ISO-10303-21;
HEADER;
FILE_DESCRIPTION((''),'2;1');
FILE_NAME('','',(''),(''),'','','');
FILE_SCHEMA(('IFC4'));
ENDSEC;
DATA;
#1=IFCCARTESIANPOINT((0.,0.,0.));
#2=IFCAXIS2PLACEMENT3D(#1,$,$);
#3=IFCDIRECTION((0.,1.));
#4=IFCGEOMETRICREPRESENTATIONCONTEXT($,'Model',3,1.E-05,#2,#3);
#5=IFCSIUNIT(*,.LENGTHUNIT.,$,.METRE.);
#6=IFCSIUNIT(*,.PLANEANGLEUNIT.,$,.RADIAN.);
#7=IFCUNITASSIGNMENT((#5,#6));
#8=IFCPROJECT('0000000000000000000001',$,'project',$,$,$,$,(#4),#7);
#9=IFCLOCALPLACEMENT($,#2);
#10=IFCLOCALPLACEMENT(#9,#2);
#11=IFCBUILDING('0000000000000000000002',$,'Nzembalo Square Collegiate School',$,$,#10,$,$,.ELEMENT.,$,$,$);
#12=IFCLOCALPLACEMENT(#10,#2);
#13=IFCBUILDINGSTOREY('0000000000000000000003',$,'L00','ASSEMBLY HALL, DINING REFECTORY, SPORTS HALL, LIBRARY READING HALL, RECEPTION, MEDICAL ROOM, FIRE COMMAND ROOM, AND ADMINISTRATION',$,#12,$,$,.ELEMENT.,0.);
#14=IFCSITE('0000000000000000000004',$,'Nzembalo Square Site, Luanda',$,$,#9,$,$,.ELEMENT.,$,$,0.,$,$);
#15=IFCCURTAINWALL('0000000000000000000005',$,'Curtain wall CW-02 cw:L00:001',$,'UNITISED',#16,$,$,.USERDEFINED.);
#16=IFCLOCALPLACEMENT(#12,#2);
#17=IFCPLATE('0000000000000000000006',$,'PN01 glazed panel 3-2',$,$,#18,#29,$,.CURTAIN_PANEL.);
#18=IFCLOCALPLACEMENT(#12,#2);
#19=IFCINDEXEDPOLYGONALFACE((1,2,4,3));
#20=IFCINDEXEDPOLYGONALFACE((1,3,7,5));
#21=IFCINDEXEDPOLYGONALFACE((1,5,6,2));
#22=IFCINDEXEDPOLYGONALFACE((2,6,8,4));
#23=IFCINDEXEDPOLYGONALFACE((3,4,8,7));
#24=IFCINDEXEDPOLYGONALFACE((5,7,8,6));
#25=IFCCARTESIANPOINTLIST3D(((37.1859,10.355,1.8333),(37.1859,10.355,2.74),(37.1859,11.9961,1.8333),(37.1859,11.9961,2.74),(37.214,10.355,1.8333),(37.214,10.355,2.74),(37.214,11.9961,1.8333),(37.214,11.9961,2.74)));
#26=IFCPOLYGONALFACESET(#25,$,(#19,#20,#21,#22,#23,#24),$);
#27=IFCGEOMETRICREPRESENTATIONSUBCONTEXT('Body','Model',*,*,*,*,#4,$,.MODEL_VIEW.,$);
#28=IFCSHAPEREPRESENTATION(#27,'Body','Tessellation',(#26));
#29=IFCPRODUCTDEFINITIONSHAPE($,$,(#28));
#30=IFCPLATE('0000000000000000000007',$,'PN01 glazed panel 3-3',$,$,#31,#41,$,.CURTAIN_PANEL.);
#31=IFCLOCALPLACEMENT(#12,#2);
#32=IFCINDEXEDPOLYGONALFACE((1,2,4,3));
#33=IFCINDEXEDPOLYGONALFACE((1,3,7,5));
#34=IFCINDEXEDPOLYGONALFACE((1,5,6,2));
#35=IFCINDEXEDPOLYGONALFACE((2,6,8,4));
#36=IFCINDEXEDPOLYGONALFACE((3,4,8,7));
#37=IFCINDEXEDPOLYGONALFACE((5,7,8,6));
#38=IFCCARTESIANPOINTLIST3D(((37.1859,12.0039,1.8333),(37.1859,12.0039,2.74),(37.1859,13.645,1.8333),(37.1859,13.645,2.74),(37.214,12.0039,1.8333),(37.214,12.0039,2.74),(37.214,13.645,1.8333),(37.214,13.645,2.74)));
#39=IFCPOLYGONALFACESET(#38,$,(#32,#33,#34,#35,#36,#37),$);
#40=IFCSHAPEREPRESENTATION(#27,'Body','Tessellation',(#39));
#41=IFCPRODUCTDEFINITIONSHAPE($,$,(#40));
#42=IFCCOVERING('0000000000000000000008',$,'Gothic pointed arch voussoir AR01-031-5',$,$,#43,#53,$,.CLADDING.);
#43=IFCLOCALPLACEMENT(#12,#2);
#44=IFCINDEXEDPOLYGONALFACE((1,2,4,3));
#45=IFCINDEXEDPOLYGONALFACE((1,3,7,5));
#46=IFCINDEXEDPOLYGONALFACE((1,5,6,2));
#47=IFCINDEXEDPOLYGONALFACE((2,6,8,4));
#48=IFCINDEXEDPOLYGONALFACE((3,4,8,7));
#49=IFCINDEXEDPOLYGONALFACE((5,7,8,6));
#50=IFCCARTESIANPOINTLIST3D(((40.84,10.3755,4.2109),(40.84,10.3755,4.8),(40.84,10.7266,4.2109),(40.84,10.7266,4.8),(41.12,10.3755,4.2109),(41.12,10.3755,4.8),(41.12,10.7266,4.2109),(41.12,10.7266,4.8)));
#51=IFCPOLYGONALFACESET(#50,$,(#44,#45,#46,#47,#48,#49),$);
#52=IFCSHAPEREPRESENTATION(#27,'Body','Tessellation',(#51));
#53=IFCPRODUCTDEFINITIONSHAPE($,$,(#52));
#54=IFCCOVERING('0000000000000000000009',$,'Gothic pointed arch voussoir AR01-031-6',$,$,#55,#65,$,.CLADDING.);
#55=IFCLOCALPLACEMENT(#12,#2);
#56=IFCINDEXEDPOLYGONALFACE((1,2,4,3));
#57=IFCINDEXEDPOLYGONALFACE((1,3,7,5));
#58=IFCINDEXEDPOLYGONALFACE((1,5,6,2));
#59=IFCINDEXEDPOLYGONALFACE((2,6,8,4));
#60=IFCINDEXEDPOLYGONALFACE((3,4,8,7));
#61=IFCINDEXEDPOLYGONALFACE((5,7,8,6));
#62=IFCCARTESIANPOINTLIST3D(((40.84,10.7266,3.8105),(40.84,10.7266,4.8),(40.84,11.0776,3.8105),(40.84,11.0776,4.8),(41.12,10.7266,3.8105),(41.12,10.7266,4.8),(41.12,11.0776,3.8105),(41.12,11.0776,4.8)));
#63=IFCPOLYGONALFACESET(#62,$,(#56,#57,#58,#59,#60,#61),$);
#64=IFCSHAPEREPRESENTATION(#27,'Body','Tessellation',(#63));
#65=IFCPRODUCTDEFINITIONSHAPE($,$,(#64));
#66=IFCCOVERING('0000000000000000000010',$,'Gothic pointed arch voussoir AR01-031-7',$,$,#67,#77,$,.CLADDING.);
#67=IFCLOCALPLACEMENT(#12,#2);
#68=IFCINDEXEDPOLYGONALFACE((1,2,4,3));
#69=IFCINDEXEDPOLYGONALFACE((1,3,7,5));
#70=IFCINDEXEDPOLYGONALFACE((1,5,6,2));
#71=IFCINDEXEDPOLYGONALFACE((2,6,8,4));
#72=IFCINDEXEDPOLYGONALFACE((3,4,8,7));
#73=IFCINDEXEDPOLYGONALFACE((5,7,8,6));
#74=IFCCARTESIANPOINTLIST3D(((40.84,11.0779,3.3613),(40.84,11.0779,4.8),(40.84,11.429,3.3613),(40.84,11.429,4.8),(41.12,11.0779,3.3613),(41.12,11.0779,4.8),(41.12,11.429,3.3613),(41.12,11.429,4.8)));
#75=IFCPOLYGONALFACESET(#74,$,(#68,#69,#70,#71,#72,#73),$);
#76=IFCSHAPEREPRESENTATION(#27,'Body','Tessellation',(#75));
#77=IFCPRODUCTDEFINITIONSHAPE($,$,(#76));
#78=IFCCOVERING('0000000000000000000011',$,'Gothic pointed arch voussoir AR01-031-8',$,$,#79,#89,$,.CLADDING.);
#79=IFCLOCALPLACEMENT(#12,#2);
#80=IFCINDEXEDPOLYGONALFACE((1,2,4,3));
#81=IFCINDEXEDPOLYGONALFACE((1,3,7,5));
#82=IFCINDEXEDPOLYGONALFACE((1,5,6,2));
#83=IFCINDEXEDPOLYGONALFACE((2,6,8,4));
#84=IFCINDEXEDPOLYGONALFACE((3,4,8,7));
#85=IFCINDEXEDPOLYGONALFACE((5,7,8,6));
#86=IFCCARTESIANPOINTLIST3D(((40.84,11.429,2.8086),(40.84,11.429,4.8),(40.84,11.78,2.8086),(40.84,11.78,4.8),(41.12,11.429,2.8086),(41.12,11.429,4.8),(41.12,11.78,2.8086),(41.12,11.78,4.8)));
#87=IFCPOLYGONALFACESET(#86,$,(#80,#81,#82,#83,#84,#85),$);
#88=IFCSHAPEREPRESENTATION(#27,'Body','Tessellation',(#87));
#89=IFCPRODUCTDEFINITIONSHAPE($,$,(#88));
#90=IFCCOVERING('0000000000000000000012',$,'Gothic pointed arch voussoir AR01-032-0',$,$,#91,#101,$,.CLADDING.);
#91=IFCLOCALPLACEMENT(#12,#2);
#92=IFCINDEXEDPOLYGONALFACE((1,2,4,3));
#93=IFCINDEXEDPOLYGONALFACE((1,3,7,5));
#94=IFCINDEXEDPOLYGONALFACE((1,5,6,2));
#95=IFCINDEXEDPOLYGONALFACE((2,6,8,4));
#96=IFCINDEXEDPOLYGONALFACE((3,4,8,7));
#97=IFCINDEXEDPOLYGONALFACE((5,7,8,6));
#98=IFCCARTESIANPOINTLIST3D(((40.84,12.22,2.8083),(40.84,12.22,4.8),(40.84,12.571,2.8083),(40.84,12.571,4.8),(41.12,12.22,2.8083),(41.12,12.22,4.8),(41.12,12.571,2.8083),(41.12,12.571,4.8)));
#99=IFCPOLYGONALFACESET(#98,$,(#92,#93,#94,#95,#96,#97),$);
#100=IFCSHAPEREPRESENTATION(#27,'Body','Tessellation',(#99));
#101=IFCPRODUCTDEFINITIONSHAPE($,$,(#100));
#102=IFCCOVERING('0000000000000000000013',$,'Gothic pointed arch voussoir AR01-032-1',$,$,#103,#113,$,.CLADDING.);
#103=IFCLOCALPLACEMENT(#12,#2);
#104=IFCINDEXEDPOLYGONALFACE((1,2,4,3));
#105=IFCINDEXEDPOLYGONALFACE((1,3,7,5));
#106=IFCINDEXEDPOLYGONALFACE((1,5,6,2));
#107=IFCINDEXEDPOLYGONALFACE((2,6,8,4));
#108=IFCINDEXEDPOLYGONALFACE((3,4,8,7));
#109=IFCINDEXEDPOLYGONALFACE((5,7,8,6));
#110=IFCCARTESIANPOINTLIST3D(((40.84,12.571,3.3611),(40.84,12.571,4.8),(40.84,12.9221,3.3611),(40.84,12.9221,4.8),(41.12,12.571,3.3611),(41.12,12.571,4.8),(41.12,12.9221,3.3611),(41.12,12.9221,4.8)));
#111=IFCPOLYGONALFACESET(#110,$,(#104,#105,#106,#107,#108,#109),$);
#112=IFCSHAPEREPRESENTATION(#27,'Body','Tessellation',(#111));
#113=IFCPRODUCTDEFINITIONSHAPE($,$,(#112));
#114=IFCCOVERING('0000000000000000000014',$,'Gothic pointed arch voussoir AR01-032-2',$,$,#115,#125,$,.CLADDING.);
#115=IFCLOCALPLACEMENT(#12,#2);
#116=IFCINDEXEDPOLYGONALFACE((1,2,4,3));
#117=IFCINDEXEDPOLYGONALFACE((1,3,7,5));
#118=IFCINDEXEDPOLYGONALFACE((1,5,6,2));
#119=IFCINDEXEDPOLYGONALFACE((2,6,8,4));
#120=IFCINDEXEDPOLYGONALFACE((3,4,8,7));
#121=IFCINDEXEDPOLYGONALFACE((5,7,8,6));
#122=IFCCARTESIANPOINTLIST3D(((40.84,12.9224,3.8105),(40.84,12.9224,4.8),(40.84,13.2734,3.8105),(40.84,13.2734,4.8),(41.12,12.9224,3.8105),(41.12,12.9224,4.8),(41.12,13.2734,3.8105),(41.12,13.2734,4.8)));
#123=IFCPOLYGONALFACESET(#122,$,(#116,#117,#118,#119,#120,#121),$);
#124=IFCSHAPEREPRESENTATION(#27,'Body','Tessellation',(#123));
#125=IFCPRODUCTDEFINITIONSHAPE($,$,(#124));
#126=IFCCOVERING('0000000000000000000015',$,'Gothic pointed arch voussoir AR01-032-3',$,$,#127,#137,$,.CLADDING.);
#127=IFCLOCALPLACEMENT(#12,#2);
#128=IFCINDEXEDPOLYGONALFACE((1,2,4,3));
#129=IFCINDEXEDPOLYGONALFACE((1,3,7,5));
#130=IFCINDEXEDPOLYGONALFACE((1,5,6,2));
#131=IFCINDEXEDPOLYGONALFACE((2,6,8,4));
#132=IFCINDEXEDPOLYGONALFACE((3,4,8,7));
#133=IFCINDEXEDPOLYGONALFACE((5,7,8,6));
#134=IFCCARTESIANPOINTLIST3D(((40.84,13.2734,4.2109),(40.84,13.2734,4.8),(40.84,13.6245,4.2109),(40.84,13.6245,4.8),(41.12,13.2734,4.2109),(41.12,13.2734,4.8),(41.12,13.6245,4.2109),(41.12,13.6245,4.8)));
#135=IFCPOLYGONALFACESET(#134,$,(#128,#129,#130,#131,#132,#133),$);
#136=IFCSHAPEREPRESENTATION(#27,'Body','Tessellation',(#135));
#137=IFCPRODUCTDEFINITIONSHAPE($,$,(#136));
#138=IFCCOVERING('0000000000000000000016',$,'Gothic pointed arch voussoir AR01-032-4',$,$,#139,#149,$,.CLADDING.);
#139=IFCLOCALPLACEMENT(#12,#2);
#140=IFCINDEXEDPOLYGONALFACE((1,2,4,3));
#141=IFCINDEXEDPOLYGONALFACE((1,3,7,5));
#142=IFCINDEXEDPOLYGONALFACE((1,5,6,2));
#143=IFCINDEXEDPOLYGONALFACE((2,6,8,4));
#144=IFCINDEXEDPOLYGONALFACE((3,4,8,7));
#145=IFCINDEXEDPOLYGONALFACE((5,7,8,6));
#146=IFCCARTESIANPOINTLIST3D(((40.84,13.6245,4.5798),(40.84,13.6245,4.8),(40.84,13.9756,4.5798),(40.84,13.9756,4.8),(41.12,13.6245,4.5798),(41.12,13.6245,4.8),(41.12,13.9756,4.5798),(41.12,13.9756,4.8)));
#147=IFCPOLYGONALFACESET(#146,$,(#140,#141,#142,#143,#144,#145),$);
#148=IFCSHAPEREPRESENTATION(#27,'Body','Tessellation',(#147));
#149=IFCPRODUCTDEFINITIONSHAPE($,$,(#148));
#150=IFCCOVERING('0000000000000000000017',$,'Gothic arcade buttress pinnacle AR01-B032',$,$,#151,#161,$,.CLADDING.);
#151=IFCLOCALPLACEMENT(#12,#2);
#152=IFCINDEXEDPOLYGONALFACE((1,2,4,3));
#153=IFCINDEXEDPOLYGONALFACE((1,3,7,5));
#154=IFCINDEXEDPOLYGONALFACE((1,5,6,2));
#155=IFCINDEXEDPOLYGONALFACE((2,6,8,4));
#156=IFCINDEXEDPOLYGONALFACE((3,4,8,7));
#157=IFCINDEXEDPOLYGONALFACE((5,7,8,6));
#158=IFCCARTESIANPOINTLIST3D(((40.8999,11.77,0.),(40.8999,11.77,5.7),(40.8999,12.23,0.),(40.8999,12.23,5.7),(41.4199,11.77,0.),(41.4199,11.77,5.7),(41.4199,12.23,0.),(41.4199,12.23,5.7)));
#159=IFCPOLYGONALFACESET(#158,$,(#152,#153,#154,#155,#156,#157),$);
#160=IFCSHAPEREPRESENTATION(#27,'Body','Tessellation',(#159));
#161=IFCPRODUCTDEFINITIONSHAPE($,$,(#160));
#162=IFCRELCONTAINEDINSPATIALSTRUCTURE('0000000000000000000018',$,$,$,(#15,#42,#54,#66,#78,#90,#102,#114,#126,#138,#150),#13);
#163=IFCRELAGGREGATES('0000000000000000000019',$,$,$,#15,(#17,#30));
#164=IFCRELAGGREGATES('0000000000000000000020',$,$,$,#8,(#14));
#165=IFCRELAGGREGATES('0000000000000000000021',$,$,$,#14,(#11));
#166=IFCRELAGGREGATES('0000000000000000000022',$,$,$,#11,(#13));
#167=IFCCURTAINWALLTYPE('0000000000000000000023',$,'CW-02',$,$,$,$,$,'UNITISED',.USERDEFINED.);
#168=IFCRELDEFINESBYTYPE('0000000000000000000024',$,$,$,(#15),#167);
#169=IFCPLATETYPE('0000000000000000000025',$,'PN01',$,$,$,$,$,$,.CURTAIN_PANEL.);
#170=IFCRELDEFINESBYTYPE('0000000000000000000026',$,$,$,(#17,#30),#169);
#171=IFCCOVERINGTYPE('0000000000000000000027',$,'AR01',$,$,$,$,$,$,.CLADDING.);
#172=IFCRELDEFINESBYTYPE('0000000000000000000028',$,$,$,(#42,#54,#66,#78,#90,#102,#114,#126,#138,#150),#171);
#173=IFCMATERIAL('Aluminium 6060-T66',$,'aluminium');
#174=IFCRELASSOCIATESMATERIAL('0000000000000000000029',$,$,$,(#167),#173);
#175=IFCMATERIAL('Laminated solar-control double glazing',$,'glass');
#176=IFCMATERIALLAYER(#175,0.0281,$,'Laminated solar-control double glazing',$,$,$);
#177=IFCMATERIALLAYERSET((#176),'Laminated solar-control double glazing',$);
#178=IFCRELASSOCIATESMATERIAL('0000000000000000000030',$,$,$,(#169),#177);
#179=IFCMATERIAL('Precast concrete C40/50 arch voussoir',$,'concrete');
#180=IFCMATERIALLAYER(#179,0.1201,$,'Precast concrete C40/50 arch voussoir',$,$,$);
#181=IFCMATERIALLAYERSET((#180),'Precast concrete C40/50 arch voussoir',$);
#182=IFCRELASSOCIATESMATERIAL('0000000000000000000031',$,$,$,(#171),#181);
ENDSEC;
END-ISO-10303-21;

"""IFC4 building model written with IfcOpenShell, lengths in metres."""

from ifc_helpers import new_model, si_unit, direction, frame, origin, origin_2d, place, context, subcontext, project, spatial, rectangle, extrude, material, layer, layer_set, type_object, element, aggregate, save


model = new_model("IFC4")

# Units and contexts
model_context = context("Model", 3, precision=1e-05, world=origin(), true_north=direction((0.0, 1.0)))
body_context = subcontext(model_context, "Body", "Model", "MODEL_VIEW")
ifc_project = project(units=[si_unit("LENGTHUNIT", "METRE"), si_unit("PLANEANGLEUNIT", "RADIAN")], contexts=[model_context])

# Site, building, storey
site_placement = place(None, origin())
site = spatial("IfcSite", under=ifc_project, at=site_placement, Name="Nzembalo Square Site, Luanda", CompositionType="ELEMENT", RefElevation=0.0)
building_placement = place(site_placement, origin())
building = spatial("IfcBuilding", under=site, at=building_placement, Name="Nzembalo Square Collegiate School", CompositionType="ELEMENT")
storey_placement = place(building_placement, origin())
storey = spatial("IfcBuildingStorey", under=building, at=storey_placement, Name="L00", Description="ASSEMBLY HALL, DINING REFECTORY, SPORTS HALL, LIBRARY READING HALL, RECEPTION, MEDICAL ROOM, FIRE COMMAND ROOM, AND ADMINISTRATION", CompositionType="ELEMENT", Elevation=0.0)

# Curtain wall, plates
ifc_material_1 = material(Name="Aluminium 6060-T66", Category="aluminium")
curtain_wall_type = type_object("IfcCurtainWallType", Name="CW-02", ElementType="UNITISED", PredefinedType="USERDEFINED", material=ifc_material_1)
curtain_wall_placement = place(storey_placement, origin())
curtain_wall = element("IfcCurtainWall", 1, at=curtain_wall_placement, inside=storey, type_object=curtain_wall_type, Name="Curtain wall CW-02 cw:L00:001", ObjectType="UNITISED", PredefinedType="USERDEFINED")
ifc_material_2 = material(Name="Laminated solar-control double glazing", Category="glass")
ifc_layer_1 = layer(ifc_material_2, 0.0281, Name="Laminated solar-control double glazing")
ifc_layer_set_1 = layer_set([ifc_layer_1], Name="Laminated solar-control double glazing")
plate_type = type_object("IfcPlateType", Name="PN01", PredefinedType="CURTAIN_PANEL", material=ifc_layer_set_1)
plate_1_placement = place(storey_placement, frame((37.2, 11.1755, 1.8333), z_axis=(0.0, 0.0, 1.0), x_axis=(0.0, 1.0, 0.0)))
plate_1 = element("IfcPlate", 2, at=plate_1_placement, type_object=plate_type, Name="PN01 glazed panel 3-2", PredefinedType="CURTAIN_PANEL", context=body_context, shape_type="SweptSolid", body=[
    extrude(rectangle(XDim=1.6411, YDim=0.0281, at=origin_2d()), origin(), (0.0, 0.0, 1.0), 0.9067),
])
plate_2_placement = place(storey_placement, frame((37.2, 12.8245, 1.8333), z_axis=(0.0, 0.0, 1.0), x_axis=(0.0, 1.0, 0.0)))
plate_2 = element("IfcPlate", 3, at=plate_2_placement, type_object=plate_type, Name="PN01 glazed panel 3-3", PredefinedType="CURTAIN_PANEL", context=body_context, shape_type="SweptSolid", body=[
    extrude(rectangle(XDim=1.6411, YDim=0.0281, at=origin_2d()), origin(), (0.0, 0.0, 1.0), 0.9067),
])
aggregate(curtain_wall, [plate_1, plate_2])

# Coverings
ifc_material_3 = material(Name="Precast concrete C40/50 arch voussoir", Category="concrete")
ifc_layer_2 = layer(ifc_material_3, 0.1201, Name="Precast concrete C40/50 arch voussoir")
ifc_layer_set_2 = layer_set([ifc_layer_2], Name="Precast concrete C40/50 arch voussoir")
covering_type = type_object("IfcCoveringType", Name="AR01", PredefinedType="CLADDING", material=ifc_layer_set_2)
covering_1_placement = place(storey_placement, frame((40.98, 10.551, 4.2109), z_axis=(0.0, 0.0, 1.0), x_axis=(1.0, 0.0, 0.0)))
element("IfcCovering", 4, at=covering_1_placement, inside=storey, type_object=covering_type, Name="Gothic pointed arch voussoir AR01-031-5", PredefinedType="CLADDING", context=body_context, shape_type="SweptSolid", body=[
    extrude(rectangle(XDim=0.28, YDim=0.3511, at=origin_2d()), origin(), (0.0, 0.0, 1.0), 0.5891),
])
covering_2_placement = place(storey_placement, frame((40.98, 10.9021, 3.8105), z_axis=(0.0, 0.0, 1.0), x_axis=(1.0, 0.0, 0.0)))
element("IfcCovering", 5, at=covering_2_placement, inside=storey, type_object=covering_type, Name="Gothic pointed arch voussoir AR01-031-6", PredefinedType="CLADDING", context=body_context, shape_type="SweptSolid", body=[
    extrude(rectangle(XDim=0.28, YDim=0.3511, at=origin_2d()), origin(), (0.0, 0.0, 1.0), 0.9895),
])
covering_3_placement = place(storey_placement, frame((40.98, 11.2534, 3.3613), z_axis=(0.0, 0.0, 1.0), x_axis=(1.0, 0.0, 0.0)))
element("IfcCovering", 6, at=covering_3_placement, inside=storey, type_object=covering_type, Name="Gothic pointed arch voussoir AR01-031-7", PredefinedType="CLADDING", context=body_context, shape_type="SweptSolid", body=[
    extrude(rectangle(XDim=0.28, YDim=0.3511, at=origin_2d()), origin(), (0.0, 0.0, 1.0), 1.4387),
])
covering_4_placement = place(storey_placement, frame((40.98, 11.6045, 2.8086), z_axis=(0.0, 0.0, 1.0), x_axis=(1.0, 0.0, 0.0)))
element("IfcCovering", 7, at=covering_4_placement, inside=storey, type_object=covering_type, Name="Gothic pointed arch voussoir AR01-031-8", PredefinedType="CLADDING", context=body_context, shape_type="SweptSolid", body=[
    extrude(rectangle(XDim=0.28, YDim=0.3511, at=origin_2d()), origin(), (0.0, 0.0, 1.0), 1.9915),
])
covering_5_placement = place(storey_placement, frame((40.98, 12.3955, 2.8083), z_axis=(0.0, 0.0, 1.0), x_axis=(1.0, 0.0, 0.0)))
element("IfcCovering", 8, at=covering_5_placement, inside=storey, type_object=covering_type, Name="Gothic pointed arch voussoir AR01-032-0", PredefinedType="CLADDING", context=body_context, shape_type="SweptSolid", body=[
    extrude(rectangle(XDim=0.28, YDim=0.3511, at=origin_2d()), origin(), (0.0, 0.0, 1.0), 1.9917),
])
covering_6_placement = place(storey_placement, frame((40.98, 12.7466, 3.3611), z_axis=(0.0, 0.0, 1.0), x_axis=(1.0, 0.0, 0.0)))
element("IfcCovering", 9, at=covering_6_placement, inside=storey, type_object=covering_type, Name="Gothic pointed arch voussoir AR01-032-1", PredefinedType="CLADDING", context=body_context, shape_type="SweptSolid", body=[
    extrude(rectangle(XDim=0.28, YDim=0.3511, at=origin_2d()), origin(), (0.0, 0.0, 1.0), 1.439),
])
covering_7_placement = place(storey_placement, frame((40.98, 13.0979, 3.8105), z_axis=(0.0, 0.0, 1.0), x_axis=(1.0, 0.0, 0.0)))
element("IfcCovering", 10, at=covering_7_placement, inside=storey, type_object=covering_type, Name="Gothic pointed arch voussoir AR01-032-2", PredefinedType="CLADDING", context=body_context, shape_type="SweptSolid", body=[
    extrude(rectangle(XDim=0.28, YDim=0.3511, at=origin_2d()), origin(), (0.0, 0.0, 1.0), 0.9895),
])
covering_8_placement = place(storey_placement, frame((40.98, 13.449, 4.2109), z_axis=(0.0, 0.0, 1.0), x_axis=(1.0, 0.0, 0.0)))
element("IfcCovering", 11, at=covering_8_placement, inside=storey, type_object=covering_type, Name="Gothic pointed arch voussoir AR01-032-3", PredefinedType="CLADDING", context=body_context, shape_type="SweptSolid", body=[
    extrude(rectangle(XDim=0.28, YDim=0.3511, at=origin_2d()), origin(), (0.0, 0.0, 1.0), 0.5891),
])
covering_9_placement = place(storey_placement, frame((40.98, 13.8, 4.5798), z_axis=(0.0, 0.0, 1.0), x_axis=(1.0, 0.0, 0.0)))
element("IfcCovering", 12, at=covering_9_placement, inside=storey, type_object=covering_type, Name="Gothic pointed arch voussoir AR01-032-4", PredefinedType="CLADDING", context=body_context, shape_type="SweptSolid", body=[
    extrude(rectangle(XDim=0.28, YDim=0.3511, at=origin_2d()), origin(), (0.0, 0.0, 1.0), 0.2202),
])
covering_10_placement = place(storey_placement, frame((41.1599, 12.0, 0.0), z_axis=(0.0, 0.0, 1.0), x_axis=(1.0, 0.0, 0.0)))
element("IfcCovering", 13, at=covering_10_placement, inside=storey, type_object=covering_type, Name="Gothic arcade buttress pinnacle AR01-B032", PredefinedType="CLADDING", context=body_context, shape_type="SweptSolid", body=[
    extrude(rectangle(XDim=0.52, YDim=0.46, at=origin_2d()), origin(), (0.0, 0.0, 1.0), 5.7),
])

save(model, "model.ifc")
